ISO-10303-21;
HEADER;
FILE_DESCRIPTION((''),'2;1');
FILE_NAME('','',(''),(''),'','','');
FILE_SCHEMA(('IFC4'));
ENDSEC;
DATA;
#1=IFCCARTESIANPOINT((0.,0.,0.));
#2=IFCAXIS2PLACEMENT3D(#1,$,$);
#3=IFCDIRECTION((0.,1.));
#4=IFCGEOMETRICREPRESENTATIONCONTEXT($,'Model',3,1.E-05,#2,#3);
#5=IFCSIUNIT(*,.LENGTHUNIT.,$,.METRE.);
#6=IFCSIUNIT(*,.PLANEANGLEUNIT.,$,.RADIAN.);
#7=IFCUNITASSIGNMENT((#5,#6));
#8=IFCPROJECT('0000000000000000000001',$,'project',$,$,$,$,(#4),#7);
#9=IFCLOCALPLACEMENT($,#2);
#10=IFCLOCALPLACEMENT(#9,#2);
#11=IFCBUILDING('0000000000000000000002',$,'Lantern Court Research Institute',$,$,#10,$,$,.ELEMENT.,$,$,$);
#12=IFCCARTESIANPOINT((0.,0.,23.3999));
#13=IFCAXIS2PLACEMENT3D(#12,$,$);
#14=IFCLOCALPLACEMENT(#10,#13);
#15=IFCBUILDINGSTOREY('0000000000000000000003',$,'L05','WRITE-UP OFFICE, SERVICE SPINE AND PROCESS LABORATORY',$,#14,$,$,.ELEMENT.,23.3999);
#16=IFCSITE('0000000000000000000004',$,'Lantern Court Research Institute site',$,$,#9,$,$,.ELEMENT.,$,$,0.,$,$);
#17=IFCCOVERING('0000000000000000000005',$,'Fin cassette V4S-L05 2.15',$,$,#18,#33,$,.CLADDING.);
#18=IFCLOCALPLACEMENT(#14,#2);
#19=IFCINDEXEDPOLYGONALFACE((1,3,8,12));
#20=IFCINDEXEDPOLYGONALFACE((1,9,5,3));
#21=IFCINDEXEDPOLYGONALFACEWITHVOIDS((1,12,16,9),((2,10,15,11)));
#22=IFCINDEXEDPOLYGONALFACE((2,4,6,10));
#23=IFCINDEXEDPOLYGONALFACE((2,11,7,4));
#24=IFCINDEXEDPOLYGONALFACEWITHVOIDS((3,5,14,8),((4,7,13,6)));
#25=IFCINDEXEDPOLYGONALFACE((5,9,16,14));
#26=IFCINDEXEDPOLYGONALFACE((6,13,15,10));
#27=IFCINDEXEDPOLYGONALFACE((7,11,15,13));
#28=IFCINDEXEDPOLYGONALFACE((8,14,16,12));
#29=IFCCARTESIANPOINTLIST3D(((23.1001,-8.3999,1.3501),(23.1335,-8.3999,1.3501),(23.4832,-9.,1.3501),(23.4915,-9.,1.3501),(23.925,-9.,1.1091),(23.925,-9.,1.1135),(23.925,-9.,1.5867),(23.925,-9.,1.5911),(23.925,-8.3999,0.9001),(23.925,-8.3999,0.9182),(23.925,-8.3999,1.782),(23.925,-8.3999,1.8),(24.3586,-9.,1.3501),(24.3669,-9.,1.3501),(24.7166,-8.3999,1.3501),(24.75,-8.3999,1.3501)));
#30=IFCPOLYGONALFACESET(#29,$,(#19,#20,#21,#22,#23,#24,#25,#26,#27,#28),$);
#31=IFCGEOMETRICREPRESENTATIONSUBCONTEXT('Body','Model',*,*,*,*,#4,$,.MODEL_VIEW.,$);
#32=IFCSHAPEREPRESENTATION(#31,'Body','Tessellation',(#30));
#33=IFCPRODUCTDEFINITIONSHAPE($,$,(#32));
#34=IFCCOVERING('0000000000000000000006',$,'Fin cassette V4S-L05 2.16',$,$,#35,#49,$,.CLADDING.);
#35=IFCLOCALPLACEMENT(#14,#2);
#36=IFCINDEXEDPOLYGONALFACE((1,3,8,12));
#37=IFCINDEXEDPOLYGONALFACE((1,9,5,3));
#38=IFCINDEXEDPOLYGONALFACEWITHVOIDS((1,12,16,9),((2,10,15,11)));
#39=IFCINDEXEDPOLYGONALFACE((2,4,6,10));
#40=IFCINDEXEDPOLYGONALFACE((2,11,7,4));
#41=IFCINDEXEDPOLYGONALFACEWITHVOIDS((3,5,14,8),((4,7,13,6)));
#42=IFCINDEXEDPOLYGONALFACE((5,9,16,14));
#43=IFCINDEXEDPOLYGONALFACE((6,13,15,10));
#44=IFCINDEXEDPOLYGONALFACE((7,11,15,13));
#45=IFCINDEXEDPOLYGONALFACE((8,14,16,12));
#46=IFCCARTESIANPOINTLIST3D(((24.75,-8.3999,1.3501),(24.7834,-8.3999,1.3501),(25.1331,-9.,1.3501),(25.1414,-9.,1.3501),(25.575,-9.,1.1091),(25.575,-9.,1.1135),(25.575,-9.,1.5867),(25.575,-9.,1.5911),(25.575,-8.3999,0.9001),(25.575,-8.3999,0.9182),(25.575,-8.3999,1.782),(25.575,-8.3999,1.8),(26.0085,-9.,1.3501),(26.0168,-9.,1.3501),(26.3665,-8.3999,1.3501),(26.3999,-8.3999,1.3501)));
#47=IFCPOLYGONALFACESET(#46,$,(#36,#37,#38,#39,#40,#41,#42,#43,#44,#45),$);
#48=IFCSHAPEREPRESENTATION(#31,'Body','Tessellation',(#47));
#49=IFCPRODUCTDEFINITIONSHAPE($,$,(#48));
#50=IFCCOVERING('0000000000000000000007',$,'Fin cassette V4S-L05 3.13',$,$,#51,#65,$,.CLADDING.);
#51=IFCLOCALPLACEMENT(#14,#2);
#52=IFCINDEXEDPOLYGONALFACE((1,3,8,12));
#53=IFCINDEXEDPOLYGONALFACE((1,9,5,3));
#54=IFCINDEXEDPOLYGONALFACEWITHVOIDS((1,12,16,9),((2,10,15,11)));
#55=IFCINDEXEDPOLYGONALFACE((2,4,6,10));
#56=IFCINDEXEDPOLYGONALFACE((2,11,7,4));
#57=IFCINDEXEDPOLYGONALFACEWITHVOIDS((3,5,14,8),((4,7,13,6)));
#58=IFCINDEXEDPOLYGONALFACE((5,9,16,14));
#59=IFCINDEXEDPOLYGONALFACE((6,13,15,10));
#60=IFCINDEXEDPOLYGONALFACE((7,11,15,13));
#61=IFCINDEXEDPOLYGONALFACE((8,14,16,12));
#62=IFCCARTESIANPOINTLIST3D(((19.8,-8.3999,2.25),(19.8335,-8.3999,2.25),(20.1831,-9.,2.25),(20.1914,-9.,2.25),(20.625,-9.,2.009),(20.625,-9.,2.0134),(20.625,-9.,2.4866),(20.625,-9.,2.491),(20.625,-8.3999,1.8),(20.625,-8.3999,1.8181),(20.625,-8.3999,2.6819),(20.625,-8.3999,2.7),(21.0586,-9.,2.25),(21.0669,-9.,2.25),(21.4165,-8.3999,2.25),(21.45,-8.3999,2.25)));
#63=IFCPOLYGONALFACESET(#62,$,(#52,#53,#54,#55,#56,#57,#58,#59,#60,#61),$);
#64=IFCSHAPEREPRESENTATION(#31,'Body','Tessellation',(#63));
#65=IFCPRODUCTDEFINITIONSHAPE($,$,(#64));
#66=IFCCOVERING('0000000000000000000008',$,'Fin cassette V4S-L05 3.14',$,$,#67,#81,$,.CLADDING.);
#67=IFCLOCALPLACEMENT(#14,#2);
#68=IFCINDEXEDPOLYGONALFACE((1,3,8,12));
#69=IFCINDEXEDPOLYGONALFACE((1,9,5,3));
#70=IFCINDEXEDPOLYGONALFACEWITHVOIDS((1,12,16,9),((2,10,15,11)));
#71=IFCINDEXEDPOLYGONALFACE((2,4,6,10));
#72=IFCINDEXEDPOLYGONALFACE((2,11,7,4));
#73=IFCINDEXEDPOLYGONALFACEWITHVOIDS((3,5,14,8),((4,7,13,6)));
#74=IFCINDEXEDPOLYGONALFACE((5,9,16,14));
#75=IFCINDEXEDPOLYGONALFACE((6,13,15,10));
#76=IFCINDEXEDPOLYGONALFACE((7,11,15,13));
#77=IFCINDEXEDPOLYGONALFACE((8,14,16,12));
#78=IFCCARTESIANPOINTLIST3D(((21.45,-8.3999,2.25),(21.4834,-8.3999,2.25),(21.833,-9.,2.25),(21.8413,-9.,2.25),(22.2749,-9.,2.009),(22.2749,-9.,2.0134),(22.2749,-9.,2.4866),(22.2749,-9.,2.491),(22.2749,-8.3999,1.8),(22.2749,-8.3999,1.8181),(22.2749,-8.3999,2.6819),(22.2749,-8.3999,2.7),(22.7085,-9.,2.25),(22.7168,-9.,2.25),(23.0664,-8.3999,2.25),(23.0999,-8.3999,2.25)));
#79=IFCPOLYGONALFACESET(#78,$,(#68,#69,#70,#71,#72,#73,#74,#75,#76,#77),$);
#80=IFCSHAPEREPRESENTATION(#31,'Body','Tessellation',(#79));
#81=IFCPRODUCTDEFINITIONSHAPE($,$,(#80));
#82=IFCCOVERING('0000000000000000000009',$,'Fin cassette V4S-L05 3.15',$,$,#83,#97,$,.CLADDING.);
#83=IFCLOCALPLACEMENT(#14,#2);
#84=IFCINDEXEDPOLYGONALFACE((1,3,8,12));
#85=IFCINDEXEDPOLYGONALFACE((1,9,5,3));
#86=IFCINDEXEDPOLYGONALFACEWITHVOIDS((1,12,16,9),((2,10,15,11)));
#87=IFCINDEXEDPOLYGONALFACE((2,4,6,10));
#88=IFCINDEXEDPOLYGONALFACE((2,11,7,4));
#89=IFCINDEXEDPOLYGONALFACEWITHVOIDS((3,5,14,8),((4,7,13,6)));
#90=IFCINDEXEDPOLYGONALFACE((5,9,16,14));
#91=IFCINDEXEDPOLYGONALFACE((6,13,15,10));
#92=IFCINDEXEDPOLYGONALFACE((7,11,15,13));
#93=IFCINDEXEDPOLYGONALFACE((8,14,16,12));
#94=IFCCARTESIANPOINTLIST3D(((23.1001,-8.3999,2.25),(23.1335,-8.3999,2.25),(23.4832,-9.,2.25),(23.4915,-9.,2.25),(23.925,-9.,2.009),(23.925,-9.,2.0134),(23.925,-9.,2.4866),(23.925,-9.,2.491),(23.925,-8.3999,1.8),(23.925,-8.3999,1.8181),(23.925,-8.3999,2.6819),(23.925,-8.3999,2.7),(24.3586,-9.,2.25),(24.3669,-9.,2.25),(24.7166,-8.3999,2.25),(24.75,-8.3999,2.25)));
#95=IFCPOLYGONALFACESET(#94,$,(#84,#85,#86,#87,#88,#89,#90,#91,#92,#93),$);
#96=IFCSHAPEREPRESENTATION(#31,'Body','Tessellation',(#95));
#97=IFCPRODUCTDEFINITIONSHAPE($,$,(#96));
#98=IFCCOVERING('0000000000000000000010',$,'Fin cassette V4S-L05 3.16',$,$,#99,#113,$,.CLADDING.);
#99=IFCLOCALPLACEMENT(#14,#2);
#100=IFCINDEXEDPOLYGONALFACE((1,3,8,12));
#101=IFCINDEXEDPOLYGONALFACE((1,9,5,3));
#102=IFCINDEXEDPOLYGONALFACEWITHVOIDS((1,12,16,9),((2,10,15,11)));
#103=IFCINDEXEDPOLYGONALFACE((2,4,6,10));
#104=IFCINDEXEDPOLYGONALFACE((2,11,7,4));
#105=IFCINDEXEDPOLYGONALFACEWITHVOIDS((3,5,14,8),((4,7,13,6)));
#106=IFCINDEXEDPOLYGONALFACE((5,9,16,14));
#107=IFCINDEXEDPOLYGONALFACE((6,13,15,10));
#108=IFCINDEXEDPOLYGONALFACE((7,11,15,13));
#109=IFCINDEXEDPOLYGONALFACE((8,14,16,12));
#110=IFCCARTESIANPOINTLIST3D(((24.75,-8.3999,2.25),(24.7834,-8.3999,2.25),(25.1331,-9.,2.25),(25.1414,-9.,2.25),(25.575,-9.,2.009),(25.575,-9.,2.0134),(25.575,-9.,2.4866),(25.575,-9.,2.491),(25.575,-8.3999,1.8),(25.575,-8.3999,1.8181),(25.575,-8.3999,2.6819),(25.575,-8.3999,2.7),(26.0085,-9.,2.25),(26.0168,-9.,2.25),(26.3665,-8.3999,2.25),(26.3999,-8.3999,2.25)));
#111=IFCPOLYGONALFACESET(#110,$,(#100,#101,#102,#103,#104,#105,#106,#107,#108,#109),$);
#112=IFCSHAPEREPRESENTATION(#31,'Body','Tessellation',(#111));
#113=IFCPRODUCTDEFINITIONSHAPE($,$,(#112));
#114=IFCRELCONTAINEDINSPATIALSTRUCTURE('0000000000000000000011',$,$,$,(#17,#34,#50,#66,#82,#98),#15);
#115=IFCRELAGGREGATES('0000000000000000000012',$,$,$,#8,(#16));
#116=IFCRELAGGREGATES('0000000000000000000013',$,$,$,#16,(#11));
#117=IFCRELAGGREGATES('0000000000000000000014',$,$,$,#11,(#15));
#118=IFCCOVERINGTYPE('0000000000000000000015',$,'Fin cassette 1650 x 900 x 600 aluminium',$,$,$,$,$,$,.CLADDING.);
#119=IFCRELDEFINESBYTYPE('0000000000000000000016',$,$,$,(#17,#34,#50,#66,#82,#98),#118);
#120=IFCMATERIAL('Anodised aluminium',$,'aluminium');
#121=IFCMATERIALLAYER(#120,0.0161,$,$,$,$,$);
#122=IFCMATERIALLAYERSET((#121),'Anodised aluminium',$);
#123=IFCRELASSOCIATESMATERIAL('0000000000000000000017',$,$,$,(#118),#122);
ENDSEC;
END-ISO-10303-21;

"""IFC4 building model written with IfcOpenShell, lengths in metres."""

from ifc_helpers import new_model, entity, si_unit, direction, frame, origin, place, context, subcontext, project, spatial, material, layer, layer_set, type_object, element, save


model = new_model("IFC4")

# Units and contexts
model_context = context("Model", 3, precision=1e-05, world=origin(), true_north=direction((0.0, 1.0)))
body_context = subcontext(model_context, "Body", "Model", "MODEL_VIEW")
ifc_project = project(units=[si_unit("LENGTHUNIT", "METRE"), si_unit("PLANEANGLEUNIT", "RADIAN")], contexts=[model_context])

# Site, building, storey
site_placement = place(None, origin())
site = spatial("IfcSite", under=ifc_project, at=site_placement, Name="Lantern Court Research Institute site", CompositionType="ELEMENT", RefElevation=0.0)
building_placement = place(site_placement, origin())
building = spatial("IfcBuilding", under=site, at=building_placement, Name="Lantern Court Research Institute", CompositionType="ELEMENT")
storey_placement = place(building_placement, frame((0.0, 0.0, 23.3999)))
storey = spatial("IfcBuildingStorey", under=building, at=storey_placement, Name="L05", Description="WRITE-UP OFFICE, SERVICE SPINE AND PROCESS LABORATORY", CompositionType="ELEMENT", Elevation=23.3999)

# Coverings
ifc_material_1 = material(Name="Anodised aluminium", Category="aluminium")
ifc_layer_1 = layer(ifc_material_1, 0.0161)
ifc_layer_set_1 = layer_set([ifc_layer_1], Name="Anodised aluminium")
covering_type = type_object("IfcCoveringType", Name="Fin cassette 1650 x 900 x 600 aluminium", PredefinedType="CLADDING", material=ifc_layer_set_1)
covering_1_placement = place(storey_placement, frame((23.925, -8.3999, 1.3501), z_axis=(0.0, -1.0, 0.0), x_axis=(1.0, 0.0, 0.0)))
cartesian_point_1 = entity("IfcCartesianPoint", [0.825, 0.0])
cartesian_point_2 = entity("IfcCartesianPoint", [0.7915, 0.0])
cartesian_point_3 = entity("IfcCartesianPoint", [0.4419, 0.0])
cartesian_point_4 = entity("IfcCartesianPoint", [0.4336, 0.0])
element("IfcCovering", 1, at=covering_1_placement, inside=storey, type_object=covering_type, Name="Fin cassette V4S-L05 2.15", PredefinedType="CLADDING", context=body_context, shape_type="SweptSolid", body=[
    entity("IfcExtrudedAreaSolidTapered", entity("IfcArbitraryProfileDefWithVoids", "AREA", None, entity("IfcPolyline", [cartesian_point_1, entity("IfcCartesianPoint", [0.0, 0.45]), entity("IfcCartesianPoint", [-0.825, 0.0]), entity("IfcCartesianPoint", [0.0, -0.45]), cartesian_point_1]), [entity("IfcPolyline", [cartesian_point_2, entity("IfcCartesianPoint", [0.0, 0.4319]), entity("IfcCartesianPoint", [-0.7915, 0.0]), entity("IfcCartesianPoint", [0.0, -0.4319]), cartesian_point_2])]), entity("IfcAxis2Placement3D", entity("IfcCartesianPoint", [0.0, 0.0, 0.0])), entity("IfcDirection", [0.0, 0.0, 1.0]), 0.6001, entity("IfcArbitraryProfileDefWithVoids", "AREA", None, entity("IfcPolyline", [cartesian_point_3, entity("IfcCartesianPoint", [0.0, 0.241]), entity("IfcCartesianPoint", [-0.4419, 0.0]), entity("IfcCartesianPoint", [0.0, -0.241]), cartesian_point_3]), [entity("IfcPolyline", [cartesian_point_4, entity("IfcCartesianPoint", [0.0, 0.2366]), entity("IfcCartesianPoint", [-0.4336, 0.0]), entity("IfcCartesianPoint", [0.0, -0.2366]), cartesian_point_4])])),
])
covering_2_placement = place(storey_placement, frame((25.575, -8.3999, 1.3501), z_axis=(0.0, -1.0, 0.0), x_axis=(1.0, 0.0, 0.0)))
cartesian_point_5 = entity("IfcCartesianPoint", [0.825, 0.0])
cartesian_point_6 = entity("IfcCartesianPoint", [0.7915, 0.0])
cartesian_point_7 = entity("IfcCartesianPoint", [0.4419, 0.0])
cartesian_point_8 = entity("IfcCartesianPoint", [0.4336, 0.0])
element("IfcCovering", 2, at=covering_2_placement, inside=storey, type_object=covering_type, Name="Fin cassette V4S-L05 2.16", PredefinedType="CLADDING", context=body_context, shape_type="SweptSolid", body=[
    entity("IfcExtrudedAreaSolidTapered", entity("IfcArbitraryProfileDefWithVoids", "AREA", None, entity("IfcPolyline", [cartesian_point_5, entity("IfcCartesianPoint", [0.0, 0.45]), entity("IfcCartesianPoint", [-0.825, 0.0]), entity("IfcCartesianPoint", [0.0, -0.45]), cartesian_point_5]), [entity("IfcPolyline", [cartesian_point_6, entity("IfcCartesianPoint", [0.0, 0.4319]), entity("IfcCartesianPoint", [-0.7915, 0.0]), entity("IfcCartesianPoint", [0.0, -0.4319]), cartesian_point_6])]), entity("IfcAxis2Placement3D", entity("IfcCartesianPoint", [0.0, 0.0, 0.0])), entity("IfcDirection", [0.0, 0.0, 1.0]), 0.6001, entity("IfcArbitraryProfileDefWithVoids", "AREA", None, entity("IfcPolyline", [cartesian_point_7, entity("IfcCartesianPoint", [0.0, 0.241]), entity("IfcCartesianPoint", [-0.4419, 0.0]), entity("IfcCartesianPoint", [0.0, -0.241]), cartesian_point_7]), [entity("IfcPolyline", [cartesian_point_8, entity("IfcCartesianPoint", [0.0, 0.2366]), entity("IfcCartesianPoint", [-0.4336, 0.0]), entity("IfcCartesianPoint", [0.0, -0.2366]), cartesian_point_8])])),
])
covering_3_placement = place(storey_placement, frame((20.625, -8.3999, 2.25), z_axis=(0.0, -1.0, 0.0), x_axis=(1.0, 0.0, 0.0)))
cartesian_point_9 = entity("IfcCartesianPoint", [0.825, 0.0])
cartesian_point_10 = entity("IfcCartesianPoint", [0.7915, 0.0])
cartesian_point_11 = entity("IfcCartesianPoint", [0.4419, 0.0])
cartesian_point_12 = entity("IfcCartesianPoint", [0.4336, 0.0])
element("IfcCovering", 3, at=covering_3_placement, inside=storey, type_object=covering_type, Name="Fin cassette V4S-L05 3.13", PredefinedType="CLADDING", context=body_context, shape_type="SweptSolid", body=[
    entity("IfcExtrudedAreaSolidTapered", entity("IfcArbitraryProfileDefWithVoids", "AREA", None, entity("IfcPolyline", [cartesian_point_9, entity("IfcCartesianPoint", [0.0, 0.45]), entity("IfcCartesianPoint", [-0.825, 0.0]), entity("IfcCartesianPoint", [0.0, -0.45]), cartesian_point_9]), [entity("IfcPolyline", [cartesian_point_10, entity("IfcCartesianPoint", [0.0, 0.4319]), entity("IfcCartesianPoint", [-0.7915, 0.0]), entity("IfcCartesianPoint", [0.0, -0.4319]), cartesian_point_10])]), entity("IfcAxis2Placement3D", entity("IfcCartesianPoint", [0.0, 0.0, 0.0])), entity("IfcDirection", [0.0, 0.0, 1.0]), 0.6001, entity("IfcArbitraryProfileDefWithVoids", "AREA", None, entity("IfcPolyline", [cartesian_point_11, entity("IfcCartesianPoint", [0.0, 0.241]), entity("IfcCartesianPoint", [-0.4419, 0.0]), entity("IfcCartesianPoint", [0.0, -0.241]), cartesian_point_11]), [entity("IfcPolyline", [cartesian_point_12, entity("IfcCartesianPoint", [0.0, 0.2366]), entity("IfcCartesianPoint", [-0.4336, 0.0]), entity("IfcCartesianPoint", [0.0, -0.2366]), cartesian_point_12])])),
])
covering_4_placement = place(storey_placement, frame((22.2749, -8.3999, 2.25), z_axis=(0.0, -1.0, 0.0), x_axis=(1.0, 0.0, 0.0)))
cartesian_point_13 = entity("IfcCartesianPoint", [0.825, 0.0])
cartesian_point_14 = entity("IfcCartesianPoint", [0.7915, 0.0])
cartesian_point_15 = entity("IfcCartesianPoint", [0.4419, 0.0])
cartesian_point_16 = entity("IfcCartesianPoint", [0.4336, 0.0])
element("IfcCovering", 4, at=covering_4_placement, inside=storey, type_object=covering_type, Name="Fin cassette V4S-L05 3.14", PredefinedType="CLADDING", context=body_context, shape_type="SweptSolid", body=[
    entity("IfcExtrudedAreaSolidTapered", entity("IfcArbitraryProfileDefWithVoids", "AREA", None, entity("IfcPolyline", [cartesian_point_13, entity("IfcCartesianPoint", [0.0, 0.45]), entity("IfcCartesianPoint", [-0.825, 0.0]), entity("IfcCartesianPoint", [0.0, -0.45]), cartesian_point_13]), [entity("IfcPolyline", [cartesian_point_14, entity("IfcCartesianPoint", [0.0, 0.4319]), entity("IfcCartesianPoint", [-0.7915, 0.0]), entity("IfcCartesianPoint", [0.0, -0.4319]), cartesian_point_14])]), entity("IfcAxis2Placement3D", entity("IfcCartesianPoint", [0.0, 0.0, 0.0])), entity("IfcDirection", [0.0, 0.0, 1.0]), 0.6001, entity("IfcArbitraryProfileDefWithVoids", "AREA", None, entity("IfcPolyline", [cartesian_point_15, entity("IfcCartesianPoint", [0.0, 0.241]), entity("IfcCartesianPoint", [-0.4419, 0.0]), entity("IfcCartesianPoint", [0.0, -0.241]), cartesian_point_15]), [entity("IfcPolyline", [cartesian_point_16, entity("IfcCartesianPoint", [0.0, 0.2366]), entity("IfcCartesianPoint", [-0.4336, 0.0]), entity("IfcCartesianPoint", [0.0, -0.2366]), cartesian_point_16])])),
])
covering_5_placement = place(storey_placement, frame((23.925, -8.3999, 2.25), z_axis=(0.0, -1.0, 0.0), x_axis=(1.0, 0.0, 0.0)))
cartesian_point_17 = entity("IfcCartesianPoint", [0.825, 0.0])
cartesian_point_18 = entity("IfcCartesianPoint", [0.7915, 0.0])
cartesian_point_19 = entity("IfcCartesianPoint", [0.4419, 0.0])
cartesian_point_20 = entity("IfcCartesianPoint", [0.4336, 0.0])
element("IfcCovering", 5, at=covering_5_placement, inside=storey, type_object=covering_type, Name="Fin cassette V4S-L05 3.15", PredefinedType="CLADDING", context=body_context, shape_type="SweptSolid", body=[
    entity("IfcExtrudedAreaSolidTapered", entity("IfcArbitraryProfileDefWithVoids", "AREA", None, entity("IfcPolyline", [cartesian_point_17, entity("IfcCartesianPoint", [0.0, 0.45]), entity("IfcCartesianPoint", [-0.825, 0.0]), entity("IfcCartesianPoint", [0.0, -0.45]), cartesian_point_17]), [entity("IfcPolyline", [cartesian_point_18, entity("IfcCartesianPoint", [0.0, 0.4319]), entity("IfcCartesianPoint", [-0.7915, 0.0]), entity("IfcCartesianPoint", [0.0, -0.4319]), cartesian_point_18])]), entity("IfcAxis2Placement3D", entity("IfcCartesianPoint", [0.0, 0.0, 0.0])), entity("IfcDirection", [0.0, 0.0, 1.0]), 0.6001, entity("IfcArbitraryProfileDefWithVoids", "AREA", None, entity("IfcPolyline", [cartesian_point_19, entity("IfcCartesianPoint", [0.0, 0.241]), entity("IfcCartesianPoint", [-0.4419, 0.0]), entity("IfcCartesianPoint", [0.0, -0.241]), cartesian_point_19]), [entity("IfcPolyline", [cartesian_point_20, entity("IfcCartesianPoint", [0.0, 0.2366]), entity("IfcCartesianPoint", [-0.4336, 0.0]), entity("IfcCartesianPoint", [0.0, -0.2366]), cartesian_point_20])])),
])
covering_6_placement = place(storey_placement, frame((25.575, -8.3999, 2.25), z_axis=(0.0, -1.0, 0.0), x_axis=(1.0, 0.0, 0.0)))
cartesian_point_21 = entity("IfcCartesianPoint", [0.825, 0.0])
cartesian_point_22 = entity("IfcCartesianPoint", [0.7915, 0.0])
cartesian_point_23 = entity("IfcCartesianPoint", [0.4419, 0.0])
cartesian_point_24 = entity("IfcCartesianPoint", [0.4336, 0.0])
element("IfcCovering", 6, at=covering_6_placement, inside=storey, type_object=covering_type, Name="Fin cassette V4S-L05 3.16", PredefinedType="CLADDING", context=body_context, shape_type="SweptSolid", body=[
    entity("IfcExtrudedAreaSolidTapered", entity("IfcArbitraryProfileDefWithVoids", "AREA", None, entity("IfcPolyline", [cartesian_point_21, entity("IfcCartesianPoint", [0.0, 0.45]), entity("IfcCartesianPoint", [-0.825, 0.0]), entity("IfcCartesianPoint", [0.0, -0.45]), cartesian_point_21]), [entity("IfcPolyline", [cartesian_point_22, entity("IfcCartesianPoint", [0.0, 0.4319]), entity("IfcCartesianPoint", [-0.7915, 0.0]), entity("IfcCartesianPoint", [0.0, -0.4319]), cartesian_point_22])]), entity("IfcAxis2Placement3D", entity("IfcCartesianPoint", [0.0, 0.0, 0.0])), entity("IfcDirection", [0.0, 0.0, 1.0]), 0.6001, entity("IfcArbitraryProfileDefWithVoids", "AREA", None, entity("IfcPolyline", [cartesian_point_23, entity("IfcCartesianPoint", [0.0, 0.241]), entity("IfcCartesianPoint", [-0.4419, 0.0]), entity("IfcCartesianPoint", [0.0, -0.241]), cartesian_point_23]), [entity("IfcPolyline", [cartesian_point_24, entity("IfcCartesianPoint", [0.0, 0.2366]), entity("IfcCartesianPoint", [-0.4336, 0.0]), entity("IfcCartesianPoint", [0.0, -0.2366]), cartesian_point_24])])),
])

save(model, "model.ifc")
